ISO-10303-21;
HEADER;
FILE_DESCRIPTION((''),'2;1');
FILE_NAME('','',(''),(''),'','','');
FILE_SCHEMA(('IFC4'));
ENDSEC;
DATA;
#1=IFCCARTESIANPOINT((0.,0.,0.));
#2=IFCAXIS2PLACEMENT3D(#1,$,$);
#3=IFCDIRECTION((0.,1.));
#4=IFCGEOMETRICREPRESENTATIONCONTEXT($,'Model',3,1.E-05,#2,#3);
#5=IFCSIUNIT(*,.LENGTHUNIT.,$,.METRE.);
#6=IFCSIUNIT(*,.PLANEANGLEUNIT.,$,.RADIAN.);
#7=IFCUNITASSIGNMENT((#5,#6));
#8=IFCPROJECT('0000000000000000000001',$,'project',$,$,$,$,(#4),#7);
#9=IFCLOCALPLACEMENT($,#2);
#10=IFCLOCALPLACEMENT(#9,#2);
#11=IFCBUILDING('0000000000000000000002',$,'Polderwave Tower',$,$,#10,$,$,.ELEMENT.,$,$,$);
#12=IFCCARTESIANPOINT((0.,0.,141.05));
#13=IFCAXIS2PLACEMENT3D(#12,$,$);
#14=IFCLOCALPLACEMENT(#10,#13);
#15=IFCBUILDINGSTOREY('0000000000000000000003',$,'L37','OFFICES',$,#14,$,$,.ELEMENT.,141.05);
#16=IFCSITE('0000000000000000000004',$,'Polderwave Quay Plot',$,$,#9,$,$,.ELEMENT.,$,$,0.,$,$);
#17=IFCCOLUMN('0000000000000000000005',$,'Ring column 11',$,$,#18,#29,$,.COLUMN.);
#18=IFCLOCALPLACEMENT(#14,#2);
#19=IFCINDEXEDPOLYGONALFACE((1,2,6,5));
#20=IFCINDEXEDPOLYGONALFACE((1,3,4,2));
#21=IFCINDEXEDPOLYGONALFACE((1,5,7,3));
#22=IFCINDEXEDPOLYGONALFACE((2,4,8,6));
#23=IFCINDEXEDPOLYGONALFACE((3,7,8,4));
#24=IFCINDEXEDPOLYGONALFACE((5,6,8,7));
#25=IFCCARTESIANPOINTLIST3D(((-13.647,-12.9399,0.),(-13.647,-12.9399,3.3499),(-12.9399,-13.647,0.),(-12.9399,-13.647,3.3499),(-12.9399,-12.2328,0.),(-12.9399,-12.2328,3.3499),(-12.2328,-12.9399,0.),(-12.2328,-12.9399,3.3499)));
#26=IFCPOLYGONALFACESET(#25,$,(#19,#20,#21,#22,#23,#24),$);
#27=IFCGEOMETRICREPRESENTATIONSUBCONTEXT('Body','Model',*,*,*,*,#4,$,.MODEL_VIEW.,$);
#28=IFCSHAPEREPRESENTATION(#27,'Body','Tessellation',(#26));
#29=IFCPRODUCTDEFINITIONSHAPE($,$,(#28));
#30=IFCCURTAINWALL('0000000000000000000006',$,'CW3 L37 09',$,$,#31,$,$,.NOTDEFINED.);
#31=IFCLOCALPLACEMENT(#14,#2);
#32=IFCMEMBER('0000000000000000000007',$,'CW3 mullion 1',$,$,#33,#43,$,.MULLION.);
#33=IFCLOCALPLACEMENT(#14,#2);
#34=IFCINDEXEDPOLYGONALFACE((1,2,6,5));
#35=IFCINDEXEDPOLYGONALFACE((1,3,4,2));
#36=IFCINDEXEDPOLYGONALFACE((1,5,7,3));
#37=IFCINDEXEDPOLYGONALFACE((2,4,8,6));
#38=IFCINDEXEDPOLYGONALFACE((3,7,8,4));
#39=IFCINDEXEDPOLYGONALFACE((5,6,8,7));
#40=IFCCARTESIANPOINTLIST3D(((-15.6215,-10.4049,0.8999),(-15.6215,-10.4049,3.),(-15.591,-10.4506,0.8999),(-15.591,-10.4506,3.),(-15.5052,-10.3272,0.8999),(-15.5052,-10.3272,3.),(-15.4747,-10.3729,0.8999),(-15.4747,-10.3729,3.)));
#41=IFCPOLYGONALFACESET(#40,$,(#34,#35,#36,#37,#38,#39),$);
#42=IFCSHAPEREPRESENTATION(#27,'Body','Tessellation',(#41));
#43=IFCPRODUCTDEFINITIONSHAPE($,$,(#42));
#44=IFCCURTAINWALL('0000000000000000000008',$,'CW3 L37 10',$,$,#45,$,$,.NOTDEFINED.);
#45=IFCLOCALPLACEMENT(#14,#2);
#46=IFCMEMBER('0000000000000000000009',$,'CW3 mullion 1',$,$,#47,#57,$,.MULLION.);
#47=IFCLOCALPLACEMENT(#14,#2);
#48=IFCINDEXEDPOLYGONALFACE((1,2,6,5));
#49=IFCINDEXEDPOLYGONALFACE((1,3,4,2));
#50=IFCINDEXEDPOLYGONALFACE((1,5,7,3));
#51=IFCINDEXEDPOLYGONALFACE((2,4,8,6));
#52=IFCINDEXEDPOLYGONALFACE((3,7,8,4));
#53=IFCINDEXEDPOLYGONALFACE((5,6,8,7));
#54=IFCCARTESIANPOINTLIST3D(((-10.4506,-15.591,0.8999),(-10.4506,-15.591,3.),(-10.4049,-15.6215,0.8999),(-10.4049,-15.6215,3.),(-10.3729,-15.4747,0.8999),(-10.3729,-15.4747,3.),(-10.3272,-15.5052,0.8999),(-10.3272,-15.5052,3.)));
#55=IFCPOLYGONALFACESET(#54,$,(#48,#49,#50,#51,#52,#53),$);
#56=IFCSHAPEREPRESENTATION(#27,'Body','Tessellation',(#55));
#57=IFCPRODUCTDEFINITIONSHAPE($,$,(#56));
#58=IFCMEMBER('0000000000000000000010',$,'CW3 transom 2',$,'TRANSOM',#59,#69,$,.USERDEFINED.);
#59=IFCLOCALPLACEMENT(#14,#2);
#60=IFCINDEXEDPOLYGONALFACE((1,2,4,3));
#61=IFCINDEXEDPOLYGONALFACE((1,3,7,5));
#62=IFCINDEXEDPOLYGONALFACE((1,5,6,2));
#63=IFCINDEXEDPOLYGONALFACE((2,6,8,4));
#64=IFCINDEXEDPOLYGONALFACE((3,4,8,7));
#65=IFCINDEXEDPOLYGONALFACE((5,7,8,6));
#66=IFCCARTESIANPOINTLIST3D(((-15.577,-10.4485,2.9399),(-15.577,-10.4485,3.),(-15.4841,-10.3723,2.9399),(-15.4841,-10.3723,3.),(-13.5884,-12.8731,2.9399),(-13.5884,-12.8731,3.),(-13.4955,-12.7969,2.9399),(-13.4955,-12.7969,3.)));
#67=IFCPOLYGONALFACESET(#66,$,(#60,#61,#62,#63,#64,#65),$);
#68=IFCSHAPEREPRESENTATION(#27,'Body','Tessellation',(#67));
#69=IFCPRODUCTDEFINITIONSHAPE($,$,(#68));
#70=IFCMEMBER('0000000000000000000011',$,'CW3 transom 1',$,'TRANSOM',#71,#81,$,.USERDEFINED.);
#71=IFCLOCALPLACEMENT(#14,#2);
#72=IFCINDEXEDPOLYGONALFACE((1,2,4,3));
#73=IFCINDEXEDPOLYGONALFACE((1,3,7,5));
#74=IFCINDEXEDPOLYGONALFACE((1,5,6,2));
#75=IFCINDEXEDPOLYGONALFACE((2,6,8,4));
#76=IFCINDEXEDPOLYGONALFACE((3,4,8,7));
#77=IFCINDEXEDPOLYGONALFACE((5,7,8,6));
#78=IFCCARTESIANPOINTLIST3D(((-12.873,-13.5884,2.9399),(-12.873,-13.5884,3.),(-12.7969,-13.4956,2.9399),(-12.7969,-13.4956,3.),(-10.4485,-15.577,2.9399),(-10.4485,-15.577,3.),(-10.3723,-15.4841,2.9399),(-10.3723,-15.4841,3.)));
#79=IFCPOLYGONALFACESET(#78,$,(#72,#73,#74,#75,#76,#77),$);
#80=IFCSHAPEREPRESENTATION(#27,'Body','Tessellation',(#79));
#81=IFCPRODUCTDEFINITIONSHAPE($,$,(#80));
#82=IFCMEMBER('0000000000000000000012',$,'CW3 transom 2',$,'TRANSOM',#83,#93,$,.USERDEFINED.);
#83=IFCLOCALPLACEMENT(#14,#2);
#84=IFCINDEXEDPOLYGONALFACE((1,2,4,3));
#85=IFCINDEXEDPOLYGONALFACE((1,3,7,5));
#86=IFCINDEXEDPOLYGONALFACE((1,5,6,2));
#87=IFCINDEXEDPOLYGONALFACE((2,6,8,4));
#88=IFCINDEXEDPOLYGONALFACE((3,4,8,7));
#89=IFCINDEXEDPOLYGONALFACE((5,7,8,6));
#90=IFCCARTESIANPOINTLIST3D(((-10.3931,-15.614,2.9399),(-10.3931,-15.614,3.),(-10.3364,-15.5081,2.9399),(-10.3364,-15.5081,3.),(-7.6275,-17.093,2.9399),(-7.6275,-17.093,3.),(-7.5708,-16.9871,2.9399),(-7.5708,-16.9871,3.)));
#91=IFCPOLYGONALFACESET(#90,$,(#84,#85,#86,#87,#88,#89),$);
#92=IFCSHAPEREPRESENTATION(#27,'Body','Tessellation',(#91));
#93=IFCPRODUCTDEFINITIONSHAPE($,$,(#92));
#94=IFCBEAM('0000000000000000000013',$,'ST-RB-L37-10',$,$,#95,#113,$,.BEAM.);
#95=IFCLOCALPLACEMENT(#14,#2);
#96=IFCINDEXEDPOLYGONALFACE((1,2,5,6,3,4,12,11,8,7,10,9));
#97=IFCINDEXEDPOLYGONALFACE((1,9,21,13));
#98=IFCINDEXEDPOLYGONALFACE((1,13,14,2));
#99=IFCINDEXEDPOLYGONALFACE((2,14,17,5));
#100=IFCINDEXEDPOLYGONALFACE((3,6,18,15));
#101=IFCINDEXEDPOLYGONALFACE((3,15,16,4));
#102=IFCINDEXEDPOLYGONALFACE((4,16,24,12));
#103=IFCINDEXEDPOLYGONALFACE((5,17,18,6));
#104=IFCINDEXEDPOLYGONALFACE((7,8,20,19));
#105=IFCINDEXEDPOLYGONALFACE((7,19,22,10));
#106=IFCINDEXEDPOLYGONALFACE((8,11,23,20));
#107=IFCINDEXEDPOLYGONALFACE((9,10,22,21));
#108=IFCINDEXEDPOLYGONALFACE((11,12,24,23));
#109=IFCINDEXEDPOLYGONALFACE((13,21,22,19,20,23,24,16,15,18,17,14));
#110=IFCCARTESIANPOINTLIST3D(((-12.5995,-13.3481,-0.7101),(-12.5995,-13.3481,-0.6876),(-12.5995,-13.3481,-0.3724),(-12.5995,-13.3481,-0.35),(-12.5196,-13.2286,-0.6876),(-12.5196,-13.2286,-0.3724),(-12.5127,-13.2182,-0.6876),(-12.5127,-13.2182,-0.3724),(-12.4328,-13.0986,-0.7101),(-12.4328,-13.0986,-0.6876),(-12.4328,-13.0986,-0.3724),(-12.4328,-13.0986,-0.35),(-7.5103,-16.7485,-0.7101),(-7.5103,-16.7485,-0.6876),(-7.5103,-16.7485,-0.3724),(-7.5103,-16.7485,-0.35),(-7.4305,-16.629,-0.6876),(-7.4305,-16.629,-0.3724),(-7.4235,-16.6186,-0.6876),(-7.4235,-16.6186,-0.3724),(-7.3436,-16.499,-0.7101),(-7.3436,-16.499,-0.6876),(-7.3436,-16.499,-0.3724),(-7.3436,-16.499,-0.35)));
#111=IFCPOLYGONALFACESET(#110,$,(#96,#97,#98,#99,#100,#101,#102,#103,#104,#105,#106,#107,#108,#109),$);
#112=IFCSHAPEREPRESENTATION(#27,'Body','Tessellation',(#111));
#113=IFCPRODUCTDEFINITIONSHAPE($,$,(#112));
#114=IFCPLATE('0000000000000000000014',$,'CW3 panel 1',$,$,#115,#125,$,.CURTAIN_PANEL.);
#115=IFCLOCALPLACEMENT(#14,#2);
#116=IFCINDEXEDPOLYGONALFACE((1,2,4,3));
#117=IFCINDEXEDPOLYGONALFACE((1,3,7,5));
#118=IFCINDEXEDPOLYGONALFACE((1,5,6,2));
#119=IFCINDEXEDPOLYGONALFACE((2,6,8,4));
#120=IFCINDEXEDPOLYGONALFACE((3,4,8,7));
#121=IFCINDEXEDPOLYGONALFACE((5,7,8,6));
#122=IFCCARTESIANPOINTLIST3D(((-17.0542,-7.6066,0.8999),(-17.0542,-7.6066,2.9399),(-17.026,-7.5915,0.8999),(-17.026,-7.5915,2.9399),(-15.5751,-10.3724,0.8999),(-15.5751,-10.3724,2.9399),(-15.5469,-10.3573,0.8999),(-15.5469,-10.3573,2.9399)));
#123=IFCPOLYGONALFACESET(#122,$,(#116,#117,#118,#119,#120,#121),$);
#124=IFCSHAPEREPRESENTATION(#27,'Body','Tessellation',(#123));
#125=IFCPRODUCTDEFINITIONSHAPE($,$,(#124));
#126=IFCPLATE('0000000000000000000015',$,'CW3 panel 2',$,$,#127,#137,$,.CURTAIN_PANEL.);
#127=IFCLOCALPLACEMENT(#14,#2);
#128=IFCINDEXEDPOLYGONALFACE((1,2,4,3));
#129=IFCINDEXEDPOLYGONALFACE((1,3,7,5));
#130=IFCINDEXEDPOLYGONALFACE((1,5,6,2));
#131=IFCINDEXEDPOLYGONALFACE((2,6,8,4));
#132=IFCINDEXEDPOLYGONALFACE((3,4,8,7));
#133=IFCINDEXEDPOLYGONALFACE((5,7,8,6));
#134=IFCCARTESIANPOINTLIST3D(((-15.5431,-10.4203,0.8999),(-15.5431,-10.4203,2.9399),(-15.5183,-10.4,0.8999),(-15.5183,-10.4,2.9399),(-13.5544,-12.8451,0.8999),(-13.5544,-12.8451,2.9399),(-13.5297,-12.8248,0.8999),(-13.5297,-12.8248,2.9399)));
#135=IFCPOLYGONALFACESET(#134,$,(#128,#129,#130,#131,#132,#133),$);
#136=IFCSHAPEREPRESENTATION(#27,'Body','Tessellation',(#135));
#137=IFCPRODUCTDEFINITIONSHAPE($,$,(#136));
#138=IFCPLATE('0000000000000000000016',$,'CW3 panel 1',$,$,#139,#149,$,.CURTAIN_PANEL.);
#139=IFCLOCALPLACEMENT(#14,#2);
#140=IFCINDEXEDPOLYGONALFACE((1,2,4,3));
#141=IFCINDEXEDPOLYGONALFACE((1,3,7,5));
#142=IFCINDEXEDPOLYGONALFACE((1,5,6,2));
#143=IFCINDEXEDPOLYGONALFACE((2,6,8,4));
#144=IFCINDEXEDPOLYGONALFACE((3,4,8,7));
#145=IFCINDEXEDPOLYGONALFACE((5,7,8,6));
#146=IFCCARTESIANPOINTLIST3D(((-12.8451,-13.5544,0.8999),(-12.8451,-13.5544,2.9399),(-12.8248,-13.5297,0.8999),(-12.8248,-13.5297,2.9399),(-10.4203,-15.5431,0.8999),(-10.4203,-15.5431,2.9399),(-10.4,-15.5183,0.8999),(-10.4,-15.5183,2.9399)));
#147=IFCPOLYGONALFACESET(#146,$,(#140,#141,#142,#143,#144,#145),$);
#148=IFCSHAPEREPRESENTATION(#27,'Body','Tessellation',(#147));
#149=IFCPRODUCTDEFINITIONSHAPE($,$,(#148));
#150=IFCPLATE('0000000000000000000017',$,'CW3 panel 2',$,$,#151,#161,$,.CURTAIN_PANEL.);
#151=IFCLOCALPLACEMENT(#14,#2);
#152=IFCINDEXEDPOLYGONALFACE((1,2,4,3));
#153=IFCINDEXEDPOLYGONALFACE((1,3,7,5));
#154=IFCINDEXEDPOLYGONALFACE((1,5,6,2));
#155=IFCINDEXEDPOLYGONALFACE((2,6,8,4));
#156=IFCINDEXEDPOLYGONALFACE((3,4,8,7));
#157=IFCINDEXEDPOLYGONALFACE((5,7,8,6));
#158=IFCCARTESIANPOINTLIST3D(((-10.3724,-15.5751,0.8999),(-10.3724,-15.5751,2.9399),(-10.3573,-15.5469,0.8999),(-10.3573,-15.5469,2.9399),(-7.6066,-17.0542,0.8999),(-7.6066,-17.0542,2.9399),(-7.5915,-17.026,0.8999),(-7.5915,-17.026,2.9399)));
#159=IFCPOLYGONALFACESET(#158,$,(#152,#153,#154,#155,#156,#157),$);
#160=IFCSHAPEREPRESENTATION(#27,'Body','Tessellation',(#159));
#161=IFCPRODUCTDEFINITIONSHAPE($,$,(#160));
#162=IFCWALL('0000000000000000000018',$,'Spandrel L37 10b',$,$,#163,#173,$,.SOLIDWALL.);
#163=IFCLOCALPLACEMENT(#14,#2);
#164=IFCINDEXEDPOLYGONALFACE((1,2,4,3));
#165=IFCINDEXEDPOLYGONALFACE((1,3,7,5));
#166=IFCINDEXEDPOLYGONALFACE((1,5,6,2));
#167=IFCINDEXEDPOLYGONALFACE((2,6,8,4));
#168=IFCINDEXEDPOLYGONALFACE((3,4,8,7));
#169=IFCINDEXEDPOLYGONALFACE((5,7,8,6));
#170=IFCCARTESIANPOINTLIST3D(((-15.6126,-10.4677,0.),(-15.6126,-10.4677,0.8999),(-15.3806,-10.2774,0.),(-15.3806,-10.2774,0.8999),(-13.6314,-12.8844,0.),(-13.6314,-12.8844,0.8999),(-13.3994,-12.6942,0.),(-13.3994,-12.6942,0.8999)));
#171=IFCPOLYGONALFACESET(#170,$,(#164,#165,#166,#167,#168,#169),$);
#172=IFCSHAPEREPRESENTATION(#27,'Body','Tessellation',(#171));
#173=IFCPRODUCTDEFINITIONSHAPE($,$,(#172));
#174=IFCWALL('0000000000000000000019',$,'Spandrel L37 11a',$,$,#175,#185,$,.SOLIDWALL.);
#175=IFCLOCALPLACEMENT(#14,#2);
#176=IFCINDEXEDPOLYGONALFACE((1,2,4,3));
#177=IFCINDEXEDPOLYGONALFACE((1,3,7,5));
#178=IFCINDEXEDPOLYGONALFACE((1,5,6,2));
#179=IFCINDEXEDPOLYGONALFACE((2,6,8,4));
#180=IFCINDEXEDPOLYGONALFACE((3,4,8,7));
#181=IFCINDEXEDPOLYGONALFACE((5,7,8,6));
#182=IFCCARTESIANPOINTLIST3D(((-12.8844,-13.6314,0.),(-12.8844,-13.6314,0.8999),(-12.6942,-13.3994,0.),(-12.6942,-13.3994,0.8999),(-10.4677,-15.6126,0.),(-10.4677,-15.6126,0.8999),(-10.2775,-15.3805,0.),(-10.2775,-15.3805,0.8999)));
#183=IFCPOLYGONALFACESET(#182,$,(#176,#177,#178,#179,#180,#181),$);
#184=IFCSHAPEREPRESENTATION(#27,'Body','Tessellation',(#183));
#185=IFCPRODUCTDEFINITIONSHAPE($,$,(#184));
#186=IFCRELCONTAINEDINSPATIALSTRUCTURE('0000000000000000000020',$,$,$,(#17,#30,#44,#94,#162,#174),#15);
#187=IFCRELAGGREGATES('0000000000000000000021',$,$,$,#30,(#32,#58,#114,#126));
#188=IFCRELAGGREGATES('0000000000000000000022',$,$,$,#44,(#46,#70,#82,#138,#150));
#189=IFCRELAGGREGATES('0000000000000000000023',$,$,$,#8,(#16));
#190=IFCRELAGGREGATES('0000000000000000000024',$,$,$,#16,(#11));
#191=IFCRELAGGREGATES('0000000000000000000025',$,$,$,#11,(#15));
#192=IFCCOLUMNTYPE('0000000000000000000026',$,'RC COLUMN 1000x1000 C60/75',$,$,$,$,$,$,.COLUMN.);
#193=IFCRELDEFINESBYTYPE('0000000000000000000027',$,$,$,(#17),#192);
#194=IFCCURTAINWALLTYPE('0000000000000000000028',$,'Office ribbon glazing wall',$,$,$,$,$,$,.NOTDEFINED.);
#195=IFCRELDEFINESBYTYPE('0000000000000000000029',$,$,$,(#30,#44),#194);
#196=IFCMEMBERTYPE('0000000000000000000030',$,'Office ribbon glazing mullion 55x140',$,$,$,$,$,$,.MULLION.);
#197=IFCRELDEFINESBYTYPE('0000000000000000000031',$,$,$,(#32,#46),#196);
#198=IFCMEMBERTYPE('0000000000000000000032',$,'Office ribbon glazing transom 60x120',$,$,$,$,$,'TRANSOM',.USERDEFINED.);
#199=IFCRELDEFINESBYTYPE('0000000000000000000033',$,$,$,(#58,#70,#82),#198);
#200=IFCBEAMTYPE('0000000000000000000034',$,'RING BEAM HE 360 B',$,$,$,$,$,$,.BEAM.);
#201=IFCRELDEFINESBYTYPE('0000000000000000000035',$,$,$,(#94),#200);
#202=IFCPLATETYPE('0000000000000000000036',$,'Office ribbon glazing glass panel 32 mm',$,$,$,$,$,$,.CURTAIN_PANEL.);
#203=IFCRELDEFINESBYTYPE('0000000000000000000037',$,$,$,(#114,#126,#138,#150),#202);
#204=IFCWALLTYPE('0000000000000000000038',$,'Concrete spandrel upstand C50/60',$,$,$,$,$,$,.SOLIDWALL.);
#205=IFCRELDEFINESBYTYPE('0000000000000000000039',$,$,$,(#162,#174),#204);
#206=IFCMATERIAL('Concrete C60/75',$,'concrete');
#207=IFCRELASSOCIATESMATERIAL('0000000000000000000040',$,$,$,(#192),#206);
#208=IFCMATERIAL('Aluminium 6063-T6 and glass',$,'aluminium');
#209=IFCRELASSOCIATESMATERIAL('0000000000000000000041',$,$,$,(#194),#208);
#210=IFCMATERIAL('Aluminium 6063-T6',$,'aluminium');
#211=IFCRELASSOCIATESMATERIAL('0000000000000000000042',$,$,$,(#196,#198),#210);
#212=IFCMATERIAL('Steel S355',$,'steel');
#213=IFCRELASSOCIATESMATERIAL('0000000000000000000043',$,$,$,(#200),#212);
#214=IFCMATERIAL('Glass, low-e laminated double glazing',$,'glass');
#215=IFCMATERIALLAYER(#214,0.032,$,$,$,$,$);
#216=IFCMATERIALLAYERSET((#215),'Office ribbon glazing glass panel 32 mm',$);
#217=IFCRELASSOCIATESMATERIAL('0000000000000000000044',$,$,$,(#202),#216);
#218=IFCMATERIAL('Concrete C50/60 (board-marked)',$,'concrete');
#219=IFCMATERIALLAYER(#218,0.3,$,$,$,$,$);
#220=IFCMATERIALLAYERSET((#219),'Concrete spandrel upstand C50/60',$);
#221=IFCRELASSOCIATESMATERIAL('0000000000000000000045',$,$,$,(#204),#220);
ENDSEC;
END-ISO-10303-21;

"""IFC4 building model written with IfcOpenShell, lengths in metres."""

from ifc_helpers import new_model, si_unit, direction, frame, frame_2d, origin, origin_2d, place, context, subcontext, project, spatial, rectangle, i_section, extrude, material, layer, layer_set, material_profile, profile_set, type_object, element, aggregate, save


model = new_model("IFC4")

# Units and contexts
model_context = context("Model", 3, precision=1e-05, world=origin(), true_north=direction((0.0, 1.0)))
body_context = subcontext(model_context, "Body", "Model", "MODEL_VIEW")
ifc_project = project(units=[si_unit("LENGTHUNIT", "METRE"), si_unit("PLANEANGLEUNIT", "RADIAN")], contexts=[model_context])

# Site, building, storey
site_placement = place(None, origin())
site = spatial("IfcSite", under=ifc_project, at=site_placement, Name="Polderwave Quay Plot", CompositionType="ELEMENT", RefElevation=0.0)
building_placement = place(site_placement, origin())
building = spatial("IfcBuilding", under=site, at=building_placement, Name="Polderwave Tower", CompositionType="ELEMENT")
storey_placement = place(building_placement, frame((0.0, 0.0, 141.05)))
storey = spatial("IfcBuildingStorey", under=building, at=storey_placement, Name="L37", Description="OFFICES", CompositionType="ELEMENT", Elevation=141.05)

# Column
ifc_material_1 = material(Name="Concrete C60/75", Category="concrete")
ifc_material_profile_1 = material_profile(ifc_material_1, rectangle(XDim=1.0, YDim=1.0, at=origin_2d()), Name="RC 1000x1000")
ifc_profile_set_1 = profile_set([ifc_material_profile_1], Name="Concrete C60/75")
column_type = type_object("IfcColumnType", Name="RC COLUMN 1000x1000 C60/75", PredefinedType="COLUMN", material=ifc_profile_set_1)
column_placement = place(storey_placement, frame((-12.9399, -12.9399, 0.0), z_axis=(0.0, 0.0, 1.0), x_axis=(-0.707107, -0.707107, 0.0)))
element("IfcColumn", 1, at=column_placement, inside=storey, type_object=column_type, Name="Ring column 11", PredefinedType="COLUMN", context=body_context, shape_type="SweptSolid", body=[
    extrude(rectangle(XDim=1.0, YDim=1.0, at=origin_2d()), origin(), (0.0, 0.0, 1.0), 3.3499),
])

# Curtain walls, members
ifc_material_2 = material(Name="Aluminium 6063-T6 and glass", Category="aluminium")
curtain_wall_type = type_object("IfcCurtainWallType", Name="Office ribbon glazing wall", PredefinedType="NOTDEFINED", material=ifc_material_2)
curtain_wall_1_placement = place(storey_placement, origin())
curtain_wall_1 = element("IfcCurtainWall", 2, at=curtain_wall_1_placement, inside=storey, type_object=curtain_wall_type, Name="CW3 L37 09", PredefinedType="NOTDEFINED")
ifc_material_3 = material(Name="Aluminium 6063-T6", Category="aluminium")
ifc_material_profile_2 = material_profile(ifc_material_3, rectangle(XDim=0.1399, YDim=0.0549, at=origin_2d()), Name="AL 55x140")
ifc_profile_set_2 = profile_set([ifc_material_profile_2], Name="Aluminium 6063-T6")
member_type_1 = type_object("IfcMemberType", Name="Office ribbon glazing mullion 55x140", PredefinedType="MULLION", material=ifc_profile_set_2)
member_1_placement = place(storey_placement, frame((-15.5481, -10.3889, 0.8999), z_axis=(0.0, 0.0, 1.0), x_axis=(0.831508, 0.555512, 0.0)))
member_1 = element("IfcMember", 3, at=member_1_placement, type_object=member_type_1, Name="CW3 mullion 1", PredefinedType="MULLION", context=body_context, shape_type="SweptSolid", body=[
    extrude(rectangle(XDim=0.1399, YDim=0.0549, at=origin_2d()), origin(), (0.0, 0.0, 1.0), 2.1001),
])
curtain_wall_2_placement = place(storey_placement, origin())
curtain_wall_2 = element("IfcCurtainWall", 4, at=curtain_wall_2_placement, inside=storey, type_object=curtain_wall_type, Name="CW3 L37 10", PredefinedType="NOTDEFINED")
member_2_placement = place(storey_placement, frame((-10.3889, -15.5481, 0.8999), z_axis=(0.0, 0.0, 1.0), x_axis=(0.555512, 0.831508, 0.0)))
member_2 = element("IfcMember", 5, at=member_2_placement, type_object=member_type_1, Name="CW3 mullion 1", PredefinedType="MULLION", context=body_context, shape_type="SweptSolid", body=[
    extrude(rectangle(XDim=0.1399, YDim=0.0549, at=origin_2d()), origin(), (0.0, 0.0, 1.0), 2.1001),
])

# Members
ifc_material_profile_3 = material_profile(ifc_material_3, rectangle(XDim=0.1201, YDim=0.0601, at=origin_2d()), Name="AL 60x120")
ifc_profile_set_3 = profile_set([ifc_material_profile_3], Name="Aluminium 6063-T6")
member_type_2 = type_object("IfcMemberType", Name="Office ribbon glazing transom 60x120", ElementType="TRANSOM", PredefinedType="USERDEFINED", material=ifc_profile_set_3)
member_3_placement = place(storey_placement, frame((-15.5305, -10.4104, 2.97), z_axis=(0.634153, -0.773207, 0.0), x_axis=(0.773207, 0.634153, 0.0)))
member_3 = element("IfcMember", 6, at=member_3_placement, type_object=member_type_2, Name="CW3 transom 2", ObjectType="TRANSOM", PredefinedType="USERDEFINED", context=body_context, shape_type="SweptSolid", body=[
    extrude(rectangle(XDim=0.1201, YDim=0.0601, at=origin_2d()), origin(), (0.0, 0.0, 1.0), 3.1357),
])
member_4_placement = place(storey_placement, frame((-12.835, -13.542, 2.97), z_axis=(0.773207, -0.634153, 0.0), x_axis=(0.634153, 0.773207, 0.0)))
member_4 = element("IfcMember", 7, at=member_4_placement, type_object=member_type_2, Name="CW3 transom 1", ObjectType="TRANSOM", PredefinedType="USERDEFINED", context=body_context, shape_type="SweptSolid", body=[
    extrude(rectangle(XDim=0.1201, YDim=0.0601, at=origin_2d()), origin(), (0.0, 0.0, 1.0), 3.1357),
])
member_5_placement = place(storey_placement, frame((-10.3647, -15.561, 2.97), z_axis=(0.881822, -0.471582, 0.0), x_axis=(0.471582, 0.881822, 0.0)))
member_5 = element("IfcMember", 8, at=member_5_placement, type_object=member_type_2, Name="CW3 transom 2", ObjectType="TRANSOM", PredefinedType="USERDEFINED", context=body_context, shape_type="SweptSolid", body=[
    extrude(rectangle(XDim=0.1201, YDim=0.0601, at=origin_2d()), origin(), (0.0, 0.0, 1.0), 3.1362),
])

# Beam
ifc_material_4 = material(Name="Steel S355", Category="steel")
ifc_material_profile_4 = material_profile(ifc_material_4, i_section(OverallWidth=0.3, OverallDepth=0.3601, WebThickness=0.0125, FlangeThickness=0.0225, at=origin_2d()), Name="HE 360 B")
ifc_profile_set_4 = profile_set([ifc_material_profile_4], Name="Steel S355")
beam_type = type_object("IfcBeamType", Name="RING BEAM HE 360 B", PredefinedType="BEAM", material=ifc_profile_set_4)
beam_placement = place(storey_placement, frame((-12.5161, -13.2234, -0.53), z_axis=(0.831473, -0.555565, 0.0), x_axis=(0.555565, 0.831473, 0.0)))
element("IfcBeam", 9, at=beam_placement, inside=storey, type_object=beam_type, Name="ST-RB-L37-10", PredefinedType="BEAM", context=body_context, shape_type="SweptSolid", body=[
    extrude(i_section(OverallWidth=0.3, OverallDepth=0.3601, WebThickness=0.0125, FlangeThickness=0.0225, at=origin_2d()), origin(), (0.0, 0.0, 1.0), 6.1206),
])

# Plates
ifc_material_5 = material(Name="Glass, low-e laminated double glazing", Category="glass")
ifc_layer_1 = layer(ifc_material_5, 0.032)
ifc_layer_set_1 = layer_set([ifc_layer_1], Name="Office ribbon glazing glass panel 32 mm")
plate_type = type_object("IfcPlateType", Name="Office ribbon glazing glass panel 32 mm", PredefinedType="CURTAIN_PANEL", material=ifc_layer_set_1)
plate_1_placement = place(storey_placement, frame((-16.3005, -8.9819, 0.8999), z_axis=(0.0, 0.0, 1.0), x_axis=(0.471572, -0.881827, 0.0)))
plate_1 = element("IfcPlate", 10, at=plate_1_placement, type_object=plate_type, Name="CW3 panel 1", PredefinedType="CURTAIN_PANEL", context=body_context, shape_type="SweptSolid", body=[
    extrude(rectangle(XDim=3.1365, YDim=0.032, at=origin_2d()), origin(), (0.0, 0.0, 1.0), 2.04),
])
plate_2_placement = place(storey_placement, frame((-14.5364, -11.6226, 0.8999), z_axis=(0.0, 0.0, 1.0), x_axis=(0.634133, -0.773224, 0.0)))
plate_2 = element("IfcPlate", 11, at=plate_2_placement, type_object=plate_type, Name="CW3 panel 2", PredefinedType="CURTAIN_PANEL", context=body_context, shape_type="SweptSolid", body=[
    extrude(rectangle(XDim=3.136, YDim=0.032, at=origin_2d()), origin(), (0.0, 0.0, 1.0), 2.04),
])
aggregate(curtain_wall_1, [member_1, member_3, plate_1, plate_2])
plate_3_placement = place(storey_placement, frame((-11.6226, -14.5364, 0.8999), z_axis=(0.0, 0.0, 1.0), x_axis=(0.773224, -0.634133, 0.0)))
plate_3 = element("IfcPlate", 12, at=plate_3_placement, type_object=plate_type, Name="CW3 panel 1", PredefinedType="CURTAIN_PANEL", context=body_context, shape_type="SweptSolid", body=[
    extrude(rectangle(XDim=3.136, YDim=0.032, at=origin_2d()), origin(), (0.0, 0.0, 1.0), 2.04),
])
plate_4_placement = place(storey_placement, frame((-8.9819, -16.3005, 0.8999), z_axis=(0.0, 0.0, 1.0), x_axis=(0.881827, -0.471572, 0.0)))
plate_4 = element("IfcPlate", 13, at=plate_4_placement, type_object=plate_type, Name="CW3 panel 2", PredefinedType="CURTAIN_PANEL", context=body_context, shape_type="SweptSolid", body=[
    extrude(rectangle(XDim=3.1365, YDim=0.032, at=origin_2d()), origin(), (0.0, 0.0, 1.0), 2.04),
])
aggregate(curtain_wall_2, [member_2, member_4, member_5, plate_3, plate_4])

# Walls
ifc_material_6 = material(Name="Concrete C50/60 (board-marked)", Category="concrete")
ifc_layer_2 = layer(ifc_material_6, 0.3)
ifc_layer_set_2 = layer_set([ifc_layer_2], Name="Concrete spandrel upstand C50/60")
wall_type_1 = type_object("IfcWallType", Name="Concrete spandrel upstand C50/60", PredefinedType="SOLIDWALL", material=ifc_layer_set_2)
for number, where, z_axis, x_axis, name in (
    (14, (-15.4966, -10.3726, 0.0), (0.0, 0.0, 1.0), (0.633978, -0.773351, 0.0), "Spandrel L37 10b"),
    (15, (-12.7893, -13.5154, 0.0), (0.0, 0.0, 1.0), (0.773351, -0.633978, 0.0), "Spandrel L37 11a"),
):
    element("IfcWall", number, at=place(storey_placement, frame(where, z_axis=z_axis, x_axis=x_axis)), inside=storey, type_object=wall_type_1, Name=name, PredefinedType="SOLIDWALL", context=body_context, shape_type="SweptSolid", body=[
        extrude(rectangle(XDim=3.125, YDim=0.3, at=frame_2d((1.5625, 0.0))), origin(), (0.0, 0.0, 1.0), 0.8999),
    ])

save(model, "model.ifc")
